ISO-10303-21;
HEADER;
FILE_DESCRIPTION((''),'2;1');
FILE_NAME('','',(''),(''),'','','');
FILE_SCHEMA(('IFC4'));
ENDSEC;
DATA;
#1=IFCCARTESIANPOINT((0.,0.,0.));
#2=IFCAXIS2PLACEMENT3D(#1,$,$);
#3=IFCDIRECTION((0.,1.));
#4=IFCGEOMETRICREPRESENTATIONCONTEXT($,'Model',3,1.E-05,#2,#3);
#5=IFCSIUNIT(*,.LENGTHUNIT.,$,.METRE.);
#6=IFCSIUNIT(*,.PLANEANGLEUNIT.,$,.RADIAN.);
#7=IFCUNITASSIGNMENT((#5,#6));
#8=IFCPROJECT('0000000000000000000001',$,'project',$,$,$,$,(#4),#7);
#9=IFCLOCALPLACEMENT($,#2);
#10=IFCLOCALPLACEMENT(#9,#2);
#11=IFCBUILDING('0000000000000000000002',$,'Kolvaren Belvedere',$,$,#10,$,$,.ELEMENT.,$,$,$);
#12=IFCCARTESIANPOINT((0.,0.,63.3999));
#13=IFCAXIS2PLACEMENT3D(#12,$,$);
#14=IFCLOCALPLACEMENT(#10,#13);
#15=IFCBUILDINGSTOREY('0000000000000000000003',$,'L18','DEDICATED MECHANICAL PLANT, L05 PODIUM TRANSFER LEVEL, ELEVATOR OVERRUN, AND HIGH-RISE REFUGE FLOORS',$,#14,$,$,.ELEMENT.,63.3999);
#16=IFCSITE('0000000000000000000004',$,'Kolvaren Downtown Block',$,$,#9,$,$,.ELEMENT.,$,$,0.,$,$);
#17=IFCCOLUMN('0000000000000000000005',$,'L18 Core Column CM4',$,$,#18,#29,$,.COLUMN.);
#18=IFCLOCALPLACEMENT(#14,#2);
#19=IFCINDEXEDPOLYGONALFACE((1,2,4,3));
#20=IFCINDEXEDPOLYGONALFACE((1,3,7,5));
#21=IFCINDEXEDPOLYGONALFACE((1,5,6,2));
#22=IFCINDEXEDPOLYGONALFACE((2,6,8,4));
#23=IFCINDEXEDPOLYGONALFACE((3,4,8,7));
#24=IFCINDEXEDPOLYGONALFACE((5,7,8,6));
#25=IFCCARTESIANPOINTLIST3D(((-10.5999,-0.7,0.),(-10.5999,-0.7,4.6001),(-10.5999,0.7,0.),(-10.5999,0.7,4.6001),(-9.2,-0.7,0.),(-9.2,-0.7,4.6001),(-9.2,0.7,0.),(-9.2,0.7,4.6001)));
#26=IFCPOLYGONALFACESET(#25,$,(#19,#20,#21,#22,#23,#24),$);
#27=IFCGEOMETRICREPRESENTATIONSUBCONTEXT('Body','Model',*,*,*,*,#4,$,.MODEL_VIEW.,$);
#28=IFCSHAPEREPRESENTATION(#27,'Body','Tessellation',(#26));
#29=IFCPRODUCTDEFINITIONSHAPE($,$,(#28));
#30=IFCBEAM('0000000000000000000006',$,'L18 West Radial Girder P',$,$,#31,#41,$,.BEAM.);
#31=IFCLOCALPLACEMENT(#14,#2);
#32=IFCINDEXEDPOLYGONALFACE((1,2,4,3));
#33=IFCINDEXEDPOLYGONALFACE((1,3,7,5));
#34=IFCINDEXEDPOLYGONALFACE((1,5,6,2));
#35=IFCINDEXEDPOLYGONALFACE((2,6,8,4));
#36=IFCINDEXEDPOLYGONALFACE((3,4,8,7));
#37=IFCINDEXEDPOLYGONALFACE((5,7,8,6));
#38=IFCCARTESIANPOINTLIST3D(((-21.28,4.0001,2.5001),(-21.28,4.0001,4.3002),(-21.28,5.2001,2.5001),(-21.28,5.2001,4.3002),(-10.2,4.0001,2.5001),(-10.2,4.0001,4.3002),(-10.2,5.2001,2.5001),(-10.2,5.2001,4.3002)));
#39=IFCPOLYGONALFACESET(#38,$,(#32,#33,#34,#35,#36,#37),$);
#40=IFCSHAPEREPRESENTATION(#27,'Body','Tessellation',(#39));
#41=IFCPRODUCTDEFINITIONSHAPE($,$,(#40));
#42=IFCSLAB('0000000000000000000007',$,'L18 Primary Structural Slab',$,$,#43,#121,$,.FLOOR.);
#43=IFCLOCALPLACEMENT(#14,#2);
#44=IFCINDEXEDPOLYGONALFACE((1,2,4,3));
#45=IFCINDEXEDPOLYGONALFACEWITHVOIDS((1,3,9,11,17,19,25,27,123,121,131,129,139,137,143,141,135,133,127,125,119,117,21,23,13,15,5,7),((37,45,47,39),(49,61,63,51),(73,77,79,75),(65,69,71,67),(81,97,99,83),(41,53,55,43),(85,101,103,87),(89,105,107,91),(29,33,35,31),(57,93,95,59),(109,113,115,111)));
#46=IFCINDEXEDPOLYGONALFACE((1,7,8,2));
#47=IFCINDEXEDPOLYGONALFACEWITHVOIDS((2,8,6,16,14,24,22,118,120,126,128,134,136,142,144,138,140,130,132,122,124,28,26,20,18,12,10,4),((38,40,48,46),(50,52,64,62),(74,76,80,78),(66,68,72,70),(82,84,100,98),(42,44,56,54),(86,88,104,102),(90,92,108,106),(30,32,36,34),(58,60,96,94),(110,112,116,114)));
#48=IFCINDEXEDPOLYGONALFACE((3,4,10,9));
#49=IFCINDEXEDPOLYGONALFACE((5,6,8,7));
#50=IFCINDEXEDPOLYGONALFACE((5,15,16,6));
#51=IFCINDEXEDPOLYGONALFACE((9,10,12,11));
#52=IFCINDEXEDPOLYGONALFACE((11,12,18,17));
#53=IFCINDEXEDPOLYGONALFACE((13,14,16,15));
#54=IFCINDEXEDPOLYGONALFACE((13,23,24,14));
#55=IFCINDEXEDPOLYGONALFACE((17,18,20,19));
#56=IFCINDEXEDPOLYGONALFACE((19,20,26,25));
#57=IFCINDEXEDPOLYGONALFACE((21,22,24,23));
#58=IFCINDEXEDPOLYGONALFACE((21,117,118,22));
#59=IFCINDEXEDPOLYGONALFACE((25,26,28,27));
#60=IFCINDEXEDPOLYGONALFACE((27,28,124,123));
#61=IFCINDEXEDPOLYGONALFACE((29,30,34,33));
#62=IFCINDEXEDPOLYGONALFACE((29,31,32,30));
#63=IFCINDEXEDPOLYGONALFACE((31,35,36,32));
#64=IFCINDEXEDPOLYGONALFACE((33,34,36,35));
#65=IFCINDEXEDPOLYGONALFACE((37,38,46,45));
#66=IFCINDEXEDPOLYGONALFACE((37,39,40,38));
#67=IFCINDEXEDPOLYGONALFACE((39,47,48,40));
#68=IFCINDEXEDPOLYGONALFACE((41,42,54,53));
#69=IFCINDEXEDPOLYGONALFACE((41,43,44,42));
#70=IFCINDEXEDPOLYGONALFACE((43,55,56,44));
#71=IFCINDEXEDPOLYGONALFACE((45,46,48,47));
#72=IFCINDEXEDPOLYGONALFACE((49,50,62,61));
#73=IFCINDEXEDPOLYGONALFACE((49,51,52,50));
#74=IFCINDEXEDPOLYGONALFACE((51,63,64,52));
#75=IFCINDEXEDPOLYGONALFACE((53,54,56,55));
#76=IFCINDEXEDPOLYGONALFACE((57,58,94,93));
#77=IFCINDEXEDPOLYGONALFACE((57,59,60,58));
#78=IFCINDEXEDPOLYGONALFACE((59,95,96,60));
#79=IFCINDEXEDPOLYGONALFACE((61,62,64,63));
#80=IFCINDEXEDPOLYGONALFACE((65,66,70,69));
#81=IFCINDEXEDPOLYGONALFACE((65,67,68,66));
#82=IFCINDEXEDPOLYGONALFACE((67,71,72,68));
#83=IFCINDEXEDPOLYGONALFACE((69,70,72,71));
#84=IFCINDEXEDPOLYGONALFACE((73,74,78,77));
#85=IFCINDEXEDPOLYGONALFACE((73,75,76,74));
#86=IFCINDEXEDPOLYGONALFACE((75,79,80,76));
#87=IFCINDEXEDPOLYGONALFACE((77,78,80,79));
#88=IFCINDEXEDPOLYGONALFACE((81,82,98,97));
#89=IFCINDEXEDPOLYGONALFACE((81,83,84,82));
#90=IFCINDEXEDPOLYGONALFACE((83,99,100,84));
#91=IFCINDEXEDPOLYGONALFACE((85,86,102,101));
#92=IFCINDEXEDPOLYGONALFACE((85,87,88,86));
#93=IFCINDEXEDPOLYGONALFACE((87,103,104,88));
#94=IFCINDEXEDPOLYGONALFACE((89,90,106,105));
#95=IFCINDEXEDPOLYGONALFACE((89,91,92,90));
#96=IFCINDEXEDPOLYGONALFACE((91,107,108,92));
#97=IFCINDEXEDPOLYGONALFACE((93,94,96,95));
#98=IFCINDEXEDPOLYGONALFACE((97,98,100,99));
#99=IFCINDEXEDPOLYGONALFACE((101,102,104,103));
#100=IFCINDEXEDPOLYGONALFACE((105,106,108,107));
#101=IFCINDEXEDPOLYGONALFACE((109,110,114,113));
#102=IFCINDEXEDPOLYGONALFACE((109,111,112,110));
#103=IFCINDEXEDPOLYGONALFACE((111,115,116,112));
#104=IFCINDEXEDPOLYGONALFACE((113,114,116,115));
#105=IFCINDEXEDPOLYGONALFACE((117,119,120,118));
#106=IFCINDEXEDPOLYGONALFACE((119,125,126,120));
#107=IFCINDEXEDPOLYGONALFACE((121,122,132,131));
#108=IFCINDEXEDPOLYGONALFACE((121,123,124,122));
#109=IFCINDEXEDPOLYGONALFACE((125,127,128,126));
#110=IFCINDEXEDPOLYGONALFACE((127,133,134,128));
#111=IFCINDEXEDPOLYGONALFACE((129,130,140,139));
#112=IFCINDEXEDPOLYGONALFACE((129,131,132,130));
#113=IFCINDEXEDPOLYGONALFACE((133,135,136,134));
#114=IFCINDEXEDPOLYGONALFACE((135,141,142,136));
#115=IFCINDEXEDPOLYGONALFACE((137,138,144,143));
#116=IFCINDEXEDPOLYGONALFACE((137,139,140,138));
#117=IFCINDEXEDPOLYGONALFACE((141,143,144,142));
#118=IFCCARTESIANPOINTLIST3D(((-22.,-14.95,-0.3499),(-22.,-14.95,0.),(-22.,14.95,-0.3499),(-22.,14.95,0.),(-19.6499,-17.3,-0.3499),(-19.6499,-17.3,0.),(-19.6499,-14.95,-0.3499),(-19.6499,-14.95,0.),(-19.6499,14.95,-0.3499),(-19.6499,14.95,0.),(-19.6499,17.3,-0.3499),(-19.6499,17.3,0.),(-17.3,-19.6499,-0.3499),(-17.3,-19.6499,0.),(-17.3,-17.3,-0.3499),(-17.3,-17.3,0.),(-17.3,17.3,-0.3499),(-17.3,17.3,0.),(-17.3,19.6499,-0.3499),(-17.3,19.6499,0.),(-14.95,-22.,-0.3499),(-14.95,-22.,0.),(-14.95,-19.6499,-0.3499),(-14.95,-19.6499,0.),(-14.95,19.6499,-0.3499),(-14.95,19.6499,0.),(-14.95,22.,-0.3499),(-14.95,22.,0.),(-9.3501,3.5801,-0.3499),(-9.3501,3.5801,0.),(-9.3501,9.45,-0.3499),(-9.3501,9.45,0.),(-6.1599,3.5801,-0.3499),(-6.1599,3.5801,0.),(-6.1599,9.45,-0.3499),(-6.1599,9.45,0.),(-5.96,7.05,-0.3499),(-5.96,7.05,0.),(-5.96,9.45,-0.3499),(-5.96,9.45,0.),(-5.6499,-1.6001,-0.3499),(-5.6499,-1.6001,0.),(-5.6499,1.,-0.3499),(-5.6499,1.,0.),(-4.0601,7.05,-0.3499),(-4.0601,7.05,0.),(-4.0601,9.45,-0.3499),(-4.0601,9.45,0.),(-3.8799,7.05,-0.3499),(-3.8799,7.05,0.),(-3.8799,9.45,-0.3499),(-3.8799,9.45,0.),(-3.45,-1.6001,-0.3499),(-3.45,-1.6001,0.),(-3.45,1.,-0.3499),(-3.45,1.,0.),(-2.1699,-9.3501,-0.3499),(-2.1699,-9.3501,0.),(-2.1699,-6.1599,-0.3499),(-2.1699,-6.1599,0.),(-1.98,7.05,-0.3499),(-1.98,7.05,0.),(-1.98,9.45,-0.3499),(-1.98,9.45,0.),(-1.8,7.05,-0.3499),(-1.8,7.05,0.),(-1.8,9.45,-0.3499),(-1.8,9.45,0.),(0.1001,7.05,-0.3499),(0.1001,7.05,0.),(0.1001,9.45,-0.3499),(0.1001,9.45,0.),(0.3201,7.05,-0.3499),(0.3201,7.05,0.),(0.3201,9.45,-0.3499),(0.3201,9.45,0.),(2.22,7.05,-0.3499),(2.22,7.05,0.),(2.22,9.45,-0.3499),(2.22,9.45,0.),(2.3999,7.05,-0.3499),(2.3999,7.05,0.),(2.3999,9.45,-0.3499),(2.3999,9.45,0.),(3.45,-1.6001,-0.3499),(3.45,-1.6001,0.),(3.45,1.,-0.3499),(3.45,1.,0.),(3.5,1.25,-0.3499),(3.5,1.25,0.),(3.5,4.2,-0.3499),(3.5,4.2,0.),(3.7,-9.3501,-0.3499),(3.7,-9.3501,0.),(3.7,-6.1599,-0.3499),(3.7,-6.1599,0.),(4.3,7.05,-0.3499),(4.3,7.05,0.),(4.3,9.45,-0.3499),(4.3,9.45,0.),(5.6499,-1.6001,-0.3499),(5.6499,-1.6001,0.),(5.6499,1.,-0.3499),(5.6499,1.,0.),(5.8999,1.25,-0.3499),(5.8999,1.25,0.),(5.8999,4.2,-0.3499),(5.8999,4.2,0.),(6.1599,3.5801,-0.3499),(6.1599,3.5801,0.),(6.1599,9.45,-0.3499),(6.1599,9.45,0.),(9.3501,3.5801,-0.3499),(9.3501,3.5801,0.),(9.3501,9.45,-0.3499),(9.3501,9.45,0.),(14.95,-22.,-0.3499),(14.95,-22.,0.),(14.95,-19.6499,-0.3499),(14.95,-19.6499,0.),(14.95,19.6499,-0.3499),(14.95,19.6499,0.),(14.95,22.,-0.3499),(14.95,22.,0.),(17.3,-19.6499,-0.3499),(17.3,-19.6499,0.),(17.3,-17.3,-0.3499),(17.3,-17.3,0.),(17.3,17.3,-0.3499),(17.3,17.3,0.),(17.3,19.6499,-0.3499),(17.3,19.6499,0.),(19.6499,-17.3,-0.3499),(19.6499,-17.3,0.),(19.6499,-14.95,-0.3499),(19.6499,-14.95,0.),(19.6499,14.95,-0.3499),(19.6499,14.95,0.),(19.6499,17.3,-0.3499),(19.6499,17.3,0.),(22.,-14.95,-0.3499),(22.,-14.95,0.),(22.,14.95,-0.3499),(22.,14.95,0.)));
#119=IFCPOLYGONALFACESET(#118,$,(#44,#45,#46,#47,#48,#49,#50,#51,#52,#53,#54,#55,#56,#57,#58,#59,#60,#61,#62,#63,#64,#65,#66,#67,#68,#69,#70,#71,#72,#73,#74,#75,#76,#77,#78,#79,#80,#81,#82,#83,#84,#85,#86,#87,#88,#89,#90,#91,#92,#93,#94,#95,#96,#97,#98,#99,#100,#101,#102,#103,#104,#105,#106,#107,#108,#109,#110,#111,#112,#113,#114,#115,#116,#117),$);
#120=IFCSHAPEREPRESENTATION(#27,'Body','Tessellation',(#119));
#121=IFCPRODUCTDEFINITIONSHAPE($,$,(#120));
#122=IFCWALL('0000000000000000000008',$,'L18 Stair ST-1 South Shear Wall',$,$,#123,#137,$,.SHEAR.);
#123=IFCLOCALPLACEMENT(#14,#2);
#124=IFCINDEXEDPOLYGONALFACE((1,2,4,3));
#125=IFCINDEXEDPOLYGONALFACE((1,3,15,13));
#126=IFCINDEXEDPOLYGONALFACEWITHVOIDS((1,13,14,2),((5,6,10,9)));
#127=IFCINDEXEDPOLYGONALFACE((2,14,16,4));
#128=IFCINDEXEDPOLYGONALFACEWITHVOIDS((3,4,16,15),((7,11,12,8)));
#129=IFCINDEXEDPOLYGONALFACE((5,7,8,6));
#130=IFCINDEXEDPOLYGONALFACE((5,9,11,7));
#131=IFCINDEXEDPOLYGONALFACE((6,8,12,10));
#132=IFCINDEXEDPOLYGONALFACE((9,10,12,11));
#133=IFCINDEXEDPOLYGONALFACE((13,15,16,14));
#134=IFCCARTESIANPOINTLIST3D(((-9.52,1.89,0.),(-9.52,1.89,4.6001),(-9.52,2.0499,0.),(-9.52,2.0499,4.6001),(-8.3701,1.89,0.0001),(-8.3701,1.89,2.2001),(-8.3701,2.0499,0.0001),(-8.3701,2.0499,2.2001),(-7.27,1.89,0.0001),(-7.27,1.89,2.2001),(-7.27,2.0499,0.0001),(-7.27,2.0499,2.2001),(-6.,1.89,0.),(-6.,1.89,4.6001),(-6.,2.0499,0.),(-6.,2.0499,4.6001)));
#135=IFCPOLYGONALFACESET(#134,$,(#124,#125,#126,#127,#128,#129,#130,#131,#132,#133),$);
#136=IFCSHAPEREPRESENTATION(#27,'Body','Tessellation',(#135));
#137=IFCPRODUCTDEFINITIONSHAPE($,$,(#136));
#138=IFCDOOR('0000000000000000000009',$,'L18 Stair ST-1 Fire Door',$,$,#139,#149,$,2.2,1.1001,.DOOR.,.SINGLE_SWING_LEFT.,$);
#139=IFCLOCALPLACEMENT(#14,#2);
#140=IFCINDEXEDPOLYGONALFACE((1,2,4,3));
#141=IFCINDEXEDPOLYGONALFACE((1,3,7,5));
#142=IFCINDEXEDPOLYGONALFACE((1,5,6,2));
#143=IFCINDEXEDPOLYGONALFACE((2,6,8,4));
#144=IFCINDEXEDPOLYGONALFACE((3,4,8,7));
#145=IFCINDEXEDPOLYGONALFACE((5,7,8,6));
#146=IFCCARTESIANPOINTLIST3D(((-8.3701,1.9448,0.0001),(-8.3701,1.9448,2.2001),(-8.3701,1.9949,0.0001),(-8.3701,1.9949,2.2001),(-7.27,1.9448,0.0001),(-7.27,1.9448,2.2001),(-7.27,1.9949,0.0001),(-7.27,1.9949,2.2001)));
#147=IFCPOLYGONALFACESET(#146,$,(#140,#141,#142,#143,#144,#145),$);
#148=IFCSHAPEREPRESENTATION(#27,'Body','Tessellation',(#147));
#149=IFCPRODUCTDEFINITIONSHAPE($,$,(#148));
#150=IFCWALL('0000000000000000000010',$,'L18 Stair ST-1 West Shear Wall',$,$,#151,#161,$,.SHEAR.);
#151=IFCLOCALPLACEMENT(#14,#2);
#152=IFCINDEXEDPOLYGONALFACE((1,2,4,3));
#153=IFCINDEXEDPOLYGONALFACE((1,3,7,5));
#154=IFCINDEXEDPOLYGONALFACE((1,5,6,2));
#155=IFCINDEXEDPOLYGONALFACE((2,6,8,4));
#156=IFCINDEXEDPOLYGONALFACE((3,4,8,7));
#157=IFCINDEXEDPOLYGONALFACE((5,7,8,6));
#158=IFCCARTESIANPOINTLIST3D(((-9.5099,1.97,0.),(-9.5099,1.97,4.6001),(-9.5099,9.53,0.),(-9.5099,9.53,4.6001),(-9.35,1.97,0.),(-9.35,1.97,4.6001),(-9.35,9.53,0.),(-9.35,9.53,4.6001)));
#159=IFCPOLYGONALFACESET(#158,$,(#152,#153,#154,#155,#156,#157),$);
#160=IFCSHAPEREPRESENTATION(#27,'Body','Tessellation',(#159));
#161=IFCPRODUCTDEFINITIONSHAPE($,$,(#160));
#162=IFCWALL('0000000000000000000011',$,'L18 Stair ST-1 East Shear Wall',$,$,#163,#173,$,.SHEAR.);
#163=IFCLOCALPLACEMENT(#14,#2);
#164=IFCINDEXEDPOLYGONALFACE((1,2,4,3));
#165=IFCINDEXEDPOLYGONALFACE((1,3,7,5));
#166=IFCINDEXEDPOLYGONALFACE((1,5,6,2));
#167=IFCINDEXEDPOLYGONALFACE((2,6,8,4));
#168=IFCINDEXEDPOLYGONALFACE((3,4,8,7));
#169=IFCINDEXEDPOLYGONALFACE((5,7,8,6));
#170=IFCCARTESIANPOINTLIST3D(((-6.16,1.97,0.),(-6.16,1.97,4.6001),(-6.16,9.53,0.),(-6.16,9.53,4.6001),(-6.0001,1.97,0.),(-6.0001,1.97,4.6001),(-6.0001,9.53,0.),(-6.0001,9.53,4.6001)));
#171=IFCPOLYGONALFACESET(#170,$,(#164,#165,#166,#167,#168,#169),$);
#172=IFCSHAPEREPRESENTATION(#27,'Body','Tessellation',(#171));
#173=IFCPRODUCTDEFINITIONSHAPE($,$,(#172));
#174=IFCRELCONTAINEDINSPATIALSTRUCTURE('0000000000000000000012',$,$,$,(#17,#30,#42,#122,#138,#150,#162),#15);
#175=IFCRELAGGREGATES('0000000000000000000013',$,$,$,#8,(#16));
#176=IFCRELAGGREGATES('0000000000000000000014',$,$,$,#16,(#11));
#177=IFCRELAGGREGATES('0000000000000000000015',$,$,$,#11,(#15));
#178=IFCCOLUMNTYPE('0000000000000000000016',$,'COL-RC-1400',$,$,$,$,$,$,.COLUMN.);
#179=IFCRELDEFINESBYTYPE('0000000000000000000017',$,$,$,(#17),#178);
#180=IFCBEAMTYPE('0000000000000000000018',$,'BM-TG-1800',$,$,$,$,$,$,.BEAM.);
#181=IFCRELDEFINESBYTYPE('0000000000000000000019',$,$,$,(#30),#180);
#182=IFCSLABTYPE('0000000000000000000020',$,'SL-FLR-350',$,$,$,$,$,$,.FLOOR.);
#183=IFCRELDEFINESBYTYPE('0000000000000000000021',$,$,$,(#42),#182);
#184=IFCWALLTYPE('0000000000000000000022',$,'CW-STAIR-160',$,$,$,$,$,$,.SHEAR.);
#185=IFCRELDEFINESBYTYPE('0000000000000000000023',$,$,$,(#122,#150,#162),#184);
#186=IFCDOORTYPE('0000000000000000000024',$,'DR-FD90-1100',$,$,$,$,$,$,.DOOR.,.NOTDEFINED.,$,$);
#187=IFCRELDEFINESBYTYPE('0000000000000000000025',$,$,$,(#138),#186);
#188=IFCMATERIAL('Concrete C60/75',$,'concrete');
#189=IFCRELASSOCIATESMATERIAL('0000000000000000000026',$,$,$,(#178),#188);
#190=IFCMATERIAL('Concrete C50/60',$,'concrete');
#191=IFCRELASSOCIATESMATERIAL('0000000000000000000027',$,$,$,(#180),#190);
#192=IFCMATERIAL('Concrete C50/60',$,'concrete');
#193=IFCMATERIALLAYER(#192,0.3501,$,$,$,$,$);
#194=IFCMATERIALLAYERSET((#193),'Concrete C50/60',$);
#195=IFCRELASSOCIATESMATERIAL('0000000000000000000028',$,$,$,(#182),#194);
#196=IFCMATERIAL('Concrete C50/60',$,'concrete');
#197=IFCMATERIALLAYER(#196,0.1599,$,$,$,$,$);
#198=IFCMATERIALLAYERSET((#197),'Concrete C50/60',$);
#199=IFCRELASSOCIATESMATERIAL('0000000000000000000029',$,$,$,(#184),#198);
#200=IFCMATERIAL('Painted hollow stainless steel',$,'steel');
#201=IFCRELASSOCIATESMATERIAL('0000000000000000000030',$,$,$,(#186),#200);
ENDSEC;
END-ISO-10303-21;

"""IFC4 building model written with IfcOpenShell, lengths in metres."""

from ifc_helpers import new_model, si_unit, direction, frame, frame_2d, origin, origin_2d, place, context, subcontext, project, spatial, polyline, rectangle, outline, extrude, material, layer, layer_set, material_profile, profile_set, type_object, element, fill, save


model = new_model("IFC4")

# Units and contexts
model_context = context("Model", 3, precision=1e-05, world=origin(), true_north=direction((0.0, 1.0)))
body_context = subcontext(model_context, "Body", "Model", "MODEL_VIEW")
ifc_project = project(units=[si_unit("LENGTHUNIT", "METRE"), si_unit("PLANEANGLEUNIT", "RADIAN")], contexts=[model_context])

# Site, building, storey
site_placement = place(None, origin())
site = spatial("IfcSite", under=ifc_project, at=site_placement, Name="Kolvaren Downtown Block", CompositionType="ELEMENT", RefElevation=0.0)
building_placement = place(site_placement, origin())
building = spatial("IfcBuilding", under=site, at=building_placement, Name="Kolvaren Belvedere", CompositionType="ELEMENT")
storey_placement = place(building_placement, frame((0.0, 0.0, 63.3999)))
storey = spatial("IfcBuildingStorey", under=building, at=storey_placement, Name="L18", Description="DEDICATED MECHANICAL PLANT, L05 PODIUM TRANSFER LEVEL, ELEVATOR OVERRUN, AND HIGH-RISE REFUGE FLOORS", CompositionType="ELEMENT", Elevation=63.3999)

# Column
ifc_material_1 = material(Name="Concrete C60/75", Category="concrete")
ifc_material_profile_1 = material_profile(ifc_material_1, rectangle(XDim=1.3999, YDim=1.3999, at=origin_2d()), Name="RC 1400X1400")
ifc_profile_set_1 = profile_set([ifc_material_profile_1], Name="Concrete C60/75")
column_type = type_object("IfcColumnType", Name="COL-RC-1400", PredefinedType="COLUMN", material=ifc_profile_set_1)
column_placement = place(storey_placement, frame((-9.8999, 0.0, 0.0), z_axis=(0.0, 0.0, 1.0), x_axis=(1.0, 0.0, 0.0)))
element("IfcColumn", 1, at=column_placement, inside=storey, type_object=column_type, Name="L18 Core Column CM4", PredefinedType="COLUMN", context=body_context, shape_type="SweptSolid", body=[
    extrude(rectangle(XDim=1.3999, YDim=1.3999, at=origin_2d()), origin(), (0.0, 0.0, 1.0), 4.6001),
])

# Beam
ifc_material_2 = material(Name="Concrete C50/60", Category="concrete")
ifc_material_profile_2 = material_profile(ifc_material_2, rectangle(XDim=1.2, YDim=1.8, at=origin_2d()), Name="RC 1200X1800")
ifc_profile_set_2 = profile_set([ifc_material_profile_2], Name="Concrete C50/60")
beam_type = type_object("IfcBeamType", Name="BM-TG-1800", PredefinedType="BEAM", material=ifc_profile_set_2)
beam_placement = place(storey_placement, frame((-10.2, 4.6001, 3.4001), z_axis=(-1.0, 0.0, 0.0), x_axis=(0.0, -1.0, 0.0)))
element("IfcBeam", 2, at=beam_placement, inside=storey, type_object=beam_type, Name="L18 West Radial Girder P", PredefinedType="BEAM", context=body_context, shape_type="SweptSolid", body=[
    extrude(rectangle(XDim=1.2, YDim=1.8, at=origin_2d()), origin(), (0.0, 0.0, 1.0), 11.0801),
])

# Slab
ifc_material_3 = material(Name="Concrete C50/60", Category="concrete")
ifc_layer_1 = layer(ifc_material_3, 0.3501)
ifc_layer_set_1 = layer_set([ifc_layer_1], Name="Concrete C50/60")
slab_type = type_object("IfcSlabType", Name="SL-FLR-350", PredefinedType="FLOOR", material=ifc_layer_set_1)
slab_placement = place(storey_placement, frame((0.0, 0.0, -0.3499)))
element("IfcSlab", 3, at=slab_placement, inside=storey, type_object=slab_type, Name="L18 Primary Structural Slab", PredefinedType="FLOOR", context=body_context, shape_type="SweptSolid", body=[
    extrude(outline(polyline([(-14.95, -22.0), (14.95, -22.0), (14.95, -19.6499), (17.3, -19.6499), (17.3, -17.3), (19.6499, -17.3), (19.6499, -14.95), (22.0, -14.95), (22.0, 14.95), (19.6499, 14.95), (19.6499, 17.3), (17.3, 17.3), (17.3, 19.6499), (14.95, 19.6499), (14.95, 22.0), (-14.95, 22.0), (-14.95, 19.6499), (-17.3, 19.6499), (-17.3, 17.3), (-19.6499, 17.3), (-19.6499, 14.95), (-22.0, 14.95), (-22.0, -14.95), (-19.6499, -14.95), (-19.6499, -17.3), (-17.3, -17.3), (-17.3, -19.6499), (-14.95, -19.6499), (-14.95, -22.0)]), holes=[polyline([(-9.3501, 3.5801), (-6.1599, 3.5801), (-6.1599, 9.45), (-9.3501, 9.45), (-9.3501, 3.5801)]), polyline([(6.1599, 3.5801), (9.3501, 3.5801), (9.3501, 9.45), (6.1599, 9.45), (6.1599, 3.5801)]), polyline([(-2.1699, -9.3501), (3.7, -9.3501), (3.7, -6.1599), (-2.1699, -6.1599), (-2.1699, -9.3501)]), polyline([(-5.6499, -1.6001), (-3.45, -1.6001), (-3.45, 1.0), (-5.6499, 1.0), (-5.6499, -1.6001)]), polyline([(3.5, 1.25), (5.8999, 1.25), (5.8999, 4.2), (3.5, 4.2), (3.5, 1.25)]), polyline([(3.45, -1.6001), (5.6499, -1.6001), (5.6499, 1.0), (3.45, 1.0), (3.45, -1.6001)]), polyline([(-5.96, 7.05), (-4.0601, 7.05), (-4.0601, 9.45), (-5.96, 9.45), (-5.96, 7.05)]), polyline([(-3.8799, 7.05), (-1.98, 7.05), (-1.98, 9.45), (-3.8799, 9.45), (-3.8799, 7.05)]), polyline([(-1.8, 7.05), (0.1001, 7.05), (0.1001, 9.45), (-1.8, 9.45), (-1.8, 7.05)]), polyline([(0.3201, 7.05), (2.22, 7.05), (2.22, 9.45), (0.3201, 9.45), (0.3201, 7.05)]), polyline([(2.3999, 7.05), (4.3, 7.05), (4.3, 9.45), (2.3999, 9.45), (2.3999, 7.05)])]), origin(), (0.0, 0.0, 1.0), 0.3499),
])

# Wall, opening, door
ifc_material_4 = material(Name="Concrete C50/60", Category="concrete")
ifc_layer_2 = layer(ifc_material_4, 0.1599)
ifc_layer_set_2 = layer_set([ifc_layer_2], Name="Concrete C50/60")
wall_type_1 = type_object("IfcWallType", Name="CW-STAIR-160", PredefinedType="SHEAR", material=ifc_layer_set_2)
wall_1_placement = place(storey_placement, frame((-9.52, 1.97, 0.0), z_axis=(0.0, 0.0, 1.0), x_axis=(1.0, 0.0, 0.0)))
wall_1 = element("IfcWall", 4, at=wall_1_placement, inside=storey, type_object=wall_type_1, Name="L18 Stair ST-1 South Shear Wall", PredefinedType="SHEAR", context=body_context, shape_type="SweptSolid", body=[
    extrude(rectangle(XDim=3.52, YDim=0.1599, at=frame_2d((1.76, 0.0))), origin(), (0.0, 0.0, 1.0), 4.6001),
])
opening_1_placement = place(wall_1_placement, frame((1.1499, 0.0, 0.0)))
opening_1 = element("IfcOpeningElement", 5, at=opening_1_placement, cuts=wall_1, PredefinedType="OPENING", context=body_context, shape_type="SweptSolid", body=[
    extrude(rectangle(XDim=1.1001, YDim=2.2, at=frame_2d((0.55, 1.1001))), frame((0.0, 0.0898, 0.0), z_axis=(0.0, -1.0, 0.0), x_axis=(1.0, 0.0, 0.0)), (0.0, 0.0, 1.0), 0.1799),
])
ifc_material_5 = material(Name="Painted hollow stainless steel", Category="steel")
door_type_1 = type_object("IfcDoorType", Name="DR-FD90-1100", OperationType="NOTDEFINED", PredefinedType="DOOR", material=ifc_material_5)
door_1_placement = place(opening_1_placement, origin())
door_1 = element("IfcDoor", 6, at=door_1_placement, inside=storey, type_object=door_type_1, Name="L18 Stair ST-1 Fire Door", OperationType="SINGLE_SWING_LEFT", OverallHeight=2.2, OverallWidth=1.1001, PredefinedType="DOOR", context=body_context, shape_type="SweptSolid", body=[
    extrude(rectangle(XDim=1.1001, YDim=2.2, at=frame_2d((0.55, 1.1001))), frame((0.0, 0.0249, 0.0), z_axis=(0.0, -1.0, 0.0), x_axis=(1.0, 0.0, 0.0)), (0.0, 0.0, 1.0), 0.05),
])
fill(opening_1, door_1)

# Walls
for number, where, z_axis, x_axis, name in (
    (7, (-9.4299, 1.97, 0.0), (0.0, 0.0, 1.0), (0.0, 1.0, 0.0), "L18 Stair ST-1 West Shear Wall"),
    (8, (-6.0801, 1.97, 0.0), (0.0, 0.0, 1.0), (0.0, 1.0, 0.0), "L18 Stair ST-1 East Shear Wall"),
):
    element("IfcWall", number, at=place(storey_placement, frame(where, z_axis=z_axis, x_axis=x_axis)), inside=storey, type_object=wall_type_1, Name=name, PredefinedType="SHEAR", context=body_context, shape_type="SweptSolid", body=[
        extrude(rectangle(XDim=7.5601, YDim=0.1599, at=frame_2d((3.78, 0.0))), origin(), (0.0, 0.0, 1.0), 4.6001),
    ])

save(model, "model.ifc")
